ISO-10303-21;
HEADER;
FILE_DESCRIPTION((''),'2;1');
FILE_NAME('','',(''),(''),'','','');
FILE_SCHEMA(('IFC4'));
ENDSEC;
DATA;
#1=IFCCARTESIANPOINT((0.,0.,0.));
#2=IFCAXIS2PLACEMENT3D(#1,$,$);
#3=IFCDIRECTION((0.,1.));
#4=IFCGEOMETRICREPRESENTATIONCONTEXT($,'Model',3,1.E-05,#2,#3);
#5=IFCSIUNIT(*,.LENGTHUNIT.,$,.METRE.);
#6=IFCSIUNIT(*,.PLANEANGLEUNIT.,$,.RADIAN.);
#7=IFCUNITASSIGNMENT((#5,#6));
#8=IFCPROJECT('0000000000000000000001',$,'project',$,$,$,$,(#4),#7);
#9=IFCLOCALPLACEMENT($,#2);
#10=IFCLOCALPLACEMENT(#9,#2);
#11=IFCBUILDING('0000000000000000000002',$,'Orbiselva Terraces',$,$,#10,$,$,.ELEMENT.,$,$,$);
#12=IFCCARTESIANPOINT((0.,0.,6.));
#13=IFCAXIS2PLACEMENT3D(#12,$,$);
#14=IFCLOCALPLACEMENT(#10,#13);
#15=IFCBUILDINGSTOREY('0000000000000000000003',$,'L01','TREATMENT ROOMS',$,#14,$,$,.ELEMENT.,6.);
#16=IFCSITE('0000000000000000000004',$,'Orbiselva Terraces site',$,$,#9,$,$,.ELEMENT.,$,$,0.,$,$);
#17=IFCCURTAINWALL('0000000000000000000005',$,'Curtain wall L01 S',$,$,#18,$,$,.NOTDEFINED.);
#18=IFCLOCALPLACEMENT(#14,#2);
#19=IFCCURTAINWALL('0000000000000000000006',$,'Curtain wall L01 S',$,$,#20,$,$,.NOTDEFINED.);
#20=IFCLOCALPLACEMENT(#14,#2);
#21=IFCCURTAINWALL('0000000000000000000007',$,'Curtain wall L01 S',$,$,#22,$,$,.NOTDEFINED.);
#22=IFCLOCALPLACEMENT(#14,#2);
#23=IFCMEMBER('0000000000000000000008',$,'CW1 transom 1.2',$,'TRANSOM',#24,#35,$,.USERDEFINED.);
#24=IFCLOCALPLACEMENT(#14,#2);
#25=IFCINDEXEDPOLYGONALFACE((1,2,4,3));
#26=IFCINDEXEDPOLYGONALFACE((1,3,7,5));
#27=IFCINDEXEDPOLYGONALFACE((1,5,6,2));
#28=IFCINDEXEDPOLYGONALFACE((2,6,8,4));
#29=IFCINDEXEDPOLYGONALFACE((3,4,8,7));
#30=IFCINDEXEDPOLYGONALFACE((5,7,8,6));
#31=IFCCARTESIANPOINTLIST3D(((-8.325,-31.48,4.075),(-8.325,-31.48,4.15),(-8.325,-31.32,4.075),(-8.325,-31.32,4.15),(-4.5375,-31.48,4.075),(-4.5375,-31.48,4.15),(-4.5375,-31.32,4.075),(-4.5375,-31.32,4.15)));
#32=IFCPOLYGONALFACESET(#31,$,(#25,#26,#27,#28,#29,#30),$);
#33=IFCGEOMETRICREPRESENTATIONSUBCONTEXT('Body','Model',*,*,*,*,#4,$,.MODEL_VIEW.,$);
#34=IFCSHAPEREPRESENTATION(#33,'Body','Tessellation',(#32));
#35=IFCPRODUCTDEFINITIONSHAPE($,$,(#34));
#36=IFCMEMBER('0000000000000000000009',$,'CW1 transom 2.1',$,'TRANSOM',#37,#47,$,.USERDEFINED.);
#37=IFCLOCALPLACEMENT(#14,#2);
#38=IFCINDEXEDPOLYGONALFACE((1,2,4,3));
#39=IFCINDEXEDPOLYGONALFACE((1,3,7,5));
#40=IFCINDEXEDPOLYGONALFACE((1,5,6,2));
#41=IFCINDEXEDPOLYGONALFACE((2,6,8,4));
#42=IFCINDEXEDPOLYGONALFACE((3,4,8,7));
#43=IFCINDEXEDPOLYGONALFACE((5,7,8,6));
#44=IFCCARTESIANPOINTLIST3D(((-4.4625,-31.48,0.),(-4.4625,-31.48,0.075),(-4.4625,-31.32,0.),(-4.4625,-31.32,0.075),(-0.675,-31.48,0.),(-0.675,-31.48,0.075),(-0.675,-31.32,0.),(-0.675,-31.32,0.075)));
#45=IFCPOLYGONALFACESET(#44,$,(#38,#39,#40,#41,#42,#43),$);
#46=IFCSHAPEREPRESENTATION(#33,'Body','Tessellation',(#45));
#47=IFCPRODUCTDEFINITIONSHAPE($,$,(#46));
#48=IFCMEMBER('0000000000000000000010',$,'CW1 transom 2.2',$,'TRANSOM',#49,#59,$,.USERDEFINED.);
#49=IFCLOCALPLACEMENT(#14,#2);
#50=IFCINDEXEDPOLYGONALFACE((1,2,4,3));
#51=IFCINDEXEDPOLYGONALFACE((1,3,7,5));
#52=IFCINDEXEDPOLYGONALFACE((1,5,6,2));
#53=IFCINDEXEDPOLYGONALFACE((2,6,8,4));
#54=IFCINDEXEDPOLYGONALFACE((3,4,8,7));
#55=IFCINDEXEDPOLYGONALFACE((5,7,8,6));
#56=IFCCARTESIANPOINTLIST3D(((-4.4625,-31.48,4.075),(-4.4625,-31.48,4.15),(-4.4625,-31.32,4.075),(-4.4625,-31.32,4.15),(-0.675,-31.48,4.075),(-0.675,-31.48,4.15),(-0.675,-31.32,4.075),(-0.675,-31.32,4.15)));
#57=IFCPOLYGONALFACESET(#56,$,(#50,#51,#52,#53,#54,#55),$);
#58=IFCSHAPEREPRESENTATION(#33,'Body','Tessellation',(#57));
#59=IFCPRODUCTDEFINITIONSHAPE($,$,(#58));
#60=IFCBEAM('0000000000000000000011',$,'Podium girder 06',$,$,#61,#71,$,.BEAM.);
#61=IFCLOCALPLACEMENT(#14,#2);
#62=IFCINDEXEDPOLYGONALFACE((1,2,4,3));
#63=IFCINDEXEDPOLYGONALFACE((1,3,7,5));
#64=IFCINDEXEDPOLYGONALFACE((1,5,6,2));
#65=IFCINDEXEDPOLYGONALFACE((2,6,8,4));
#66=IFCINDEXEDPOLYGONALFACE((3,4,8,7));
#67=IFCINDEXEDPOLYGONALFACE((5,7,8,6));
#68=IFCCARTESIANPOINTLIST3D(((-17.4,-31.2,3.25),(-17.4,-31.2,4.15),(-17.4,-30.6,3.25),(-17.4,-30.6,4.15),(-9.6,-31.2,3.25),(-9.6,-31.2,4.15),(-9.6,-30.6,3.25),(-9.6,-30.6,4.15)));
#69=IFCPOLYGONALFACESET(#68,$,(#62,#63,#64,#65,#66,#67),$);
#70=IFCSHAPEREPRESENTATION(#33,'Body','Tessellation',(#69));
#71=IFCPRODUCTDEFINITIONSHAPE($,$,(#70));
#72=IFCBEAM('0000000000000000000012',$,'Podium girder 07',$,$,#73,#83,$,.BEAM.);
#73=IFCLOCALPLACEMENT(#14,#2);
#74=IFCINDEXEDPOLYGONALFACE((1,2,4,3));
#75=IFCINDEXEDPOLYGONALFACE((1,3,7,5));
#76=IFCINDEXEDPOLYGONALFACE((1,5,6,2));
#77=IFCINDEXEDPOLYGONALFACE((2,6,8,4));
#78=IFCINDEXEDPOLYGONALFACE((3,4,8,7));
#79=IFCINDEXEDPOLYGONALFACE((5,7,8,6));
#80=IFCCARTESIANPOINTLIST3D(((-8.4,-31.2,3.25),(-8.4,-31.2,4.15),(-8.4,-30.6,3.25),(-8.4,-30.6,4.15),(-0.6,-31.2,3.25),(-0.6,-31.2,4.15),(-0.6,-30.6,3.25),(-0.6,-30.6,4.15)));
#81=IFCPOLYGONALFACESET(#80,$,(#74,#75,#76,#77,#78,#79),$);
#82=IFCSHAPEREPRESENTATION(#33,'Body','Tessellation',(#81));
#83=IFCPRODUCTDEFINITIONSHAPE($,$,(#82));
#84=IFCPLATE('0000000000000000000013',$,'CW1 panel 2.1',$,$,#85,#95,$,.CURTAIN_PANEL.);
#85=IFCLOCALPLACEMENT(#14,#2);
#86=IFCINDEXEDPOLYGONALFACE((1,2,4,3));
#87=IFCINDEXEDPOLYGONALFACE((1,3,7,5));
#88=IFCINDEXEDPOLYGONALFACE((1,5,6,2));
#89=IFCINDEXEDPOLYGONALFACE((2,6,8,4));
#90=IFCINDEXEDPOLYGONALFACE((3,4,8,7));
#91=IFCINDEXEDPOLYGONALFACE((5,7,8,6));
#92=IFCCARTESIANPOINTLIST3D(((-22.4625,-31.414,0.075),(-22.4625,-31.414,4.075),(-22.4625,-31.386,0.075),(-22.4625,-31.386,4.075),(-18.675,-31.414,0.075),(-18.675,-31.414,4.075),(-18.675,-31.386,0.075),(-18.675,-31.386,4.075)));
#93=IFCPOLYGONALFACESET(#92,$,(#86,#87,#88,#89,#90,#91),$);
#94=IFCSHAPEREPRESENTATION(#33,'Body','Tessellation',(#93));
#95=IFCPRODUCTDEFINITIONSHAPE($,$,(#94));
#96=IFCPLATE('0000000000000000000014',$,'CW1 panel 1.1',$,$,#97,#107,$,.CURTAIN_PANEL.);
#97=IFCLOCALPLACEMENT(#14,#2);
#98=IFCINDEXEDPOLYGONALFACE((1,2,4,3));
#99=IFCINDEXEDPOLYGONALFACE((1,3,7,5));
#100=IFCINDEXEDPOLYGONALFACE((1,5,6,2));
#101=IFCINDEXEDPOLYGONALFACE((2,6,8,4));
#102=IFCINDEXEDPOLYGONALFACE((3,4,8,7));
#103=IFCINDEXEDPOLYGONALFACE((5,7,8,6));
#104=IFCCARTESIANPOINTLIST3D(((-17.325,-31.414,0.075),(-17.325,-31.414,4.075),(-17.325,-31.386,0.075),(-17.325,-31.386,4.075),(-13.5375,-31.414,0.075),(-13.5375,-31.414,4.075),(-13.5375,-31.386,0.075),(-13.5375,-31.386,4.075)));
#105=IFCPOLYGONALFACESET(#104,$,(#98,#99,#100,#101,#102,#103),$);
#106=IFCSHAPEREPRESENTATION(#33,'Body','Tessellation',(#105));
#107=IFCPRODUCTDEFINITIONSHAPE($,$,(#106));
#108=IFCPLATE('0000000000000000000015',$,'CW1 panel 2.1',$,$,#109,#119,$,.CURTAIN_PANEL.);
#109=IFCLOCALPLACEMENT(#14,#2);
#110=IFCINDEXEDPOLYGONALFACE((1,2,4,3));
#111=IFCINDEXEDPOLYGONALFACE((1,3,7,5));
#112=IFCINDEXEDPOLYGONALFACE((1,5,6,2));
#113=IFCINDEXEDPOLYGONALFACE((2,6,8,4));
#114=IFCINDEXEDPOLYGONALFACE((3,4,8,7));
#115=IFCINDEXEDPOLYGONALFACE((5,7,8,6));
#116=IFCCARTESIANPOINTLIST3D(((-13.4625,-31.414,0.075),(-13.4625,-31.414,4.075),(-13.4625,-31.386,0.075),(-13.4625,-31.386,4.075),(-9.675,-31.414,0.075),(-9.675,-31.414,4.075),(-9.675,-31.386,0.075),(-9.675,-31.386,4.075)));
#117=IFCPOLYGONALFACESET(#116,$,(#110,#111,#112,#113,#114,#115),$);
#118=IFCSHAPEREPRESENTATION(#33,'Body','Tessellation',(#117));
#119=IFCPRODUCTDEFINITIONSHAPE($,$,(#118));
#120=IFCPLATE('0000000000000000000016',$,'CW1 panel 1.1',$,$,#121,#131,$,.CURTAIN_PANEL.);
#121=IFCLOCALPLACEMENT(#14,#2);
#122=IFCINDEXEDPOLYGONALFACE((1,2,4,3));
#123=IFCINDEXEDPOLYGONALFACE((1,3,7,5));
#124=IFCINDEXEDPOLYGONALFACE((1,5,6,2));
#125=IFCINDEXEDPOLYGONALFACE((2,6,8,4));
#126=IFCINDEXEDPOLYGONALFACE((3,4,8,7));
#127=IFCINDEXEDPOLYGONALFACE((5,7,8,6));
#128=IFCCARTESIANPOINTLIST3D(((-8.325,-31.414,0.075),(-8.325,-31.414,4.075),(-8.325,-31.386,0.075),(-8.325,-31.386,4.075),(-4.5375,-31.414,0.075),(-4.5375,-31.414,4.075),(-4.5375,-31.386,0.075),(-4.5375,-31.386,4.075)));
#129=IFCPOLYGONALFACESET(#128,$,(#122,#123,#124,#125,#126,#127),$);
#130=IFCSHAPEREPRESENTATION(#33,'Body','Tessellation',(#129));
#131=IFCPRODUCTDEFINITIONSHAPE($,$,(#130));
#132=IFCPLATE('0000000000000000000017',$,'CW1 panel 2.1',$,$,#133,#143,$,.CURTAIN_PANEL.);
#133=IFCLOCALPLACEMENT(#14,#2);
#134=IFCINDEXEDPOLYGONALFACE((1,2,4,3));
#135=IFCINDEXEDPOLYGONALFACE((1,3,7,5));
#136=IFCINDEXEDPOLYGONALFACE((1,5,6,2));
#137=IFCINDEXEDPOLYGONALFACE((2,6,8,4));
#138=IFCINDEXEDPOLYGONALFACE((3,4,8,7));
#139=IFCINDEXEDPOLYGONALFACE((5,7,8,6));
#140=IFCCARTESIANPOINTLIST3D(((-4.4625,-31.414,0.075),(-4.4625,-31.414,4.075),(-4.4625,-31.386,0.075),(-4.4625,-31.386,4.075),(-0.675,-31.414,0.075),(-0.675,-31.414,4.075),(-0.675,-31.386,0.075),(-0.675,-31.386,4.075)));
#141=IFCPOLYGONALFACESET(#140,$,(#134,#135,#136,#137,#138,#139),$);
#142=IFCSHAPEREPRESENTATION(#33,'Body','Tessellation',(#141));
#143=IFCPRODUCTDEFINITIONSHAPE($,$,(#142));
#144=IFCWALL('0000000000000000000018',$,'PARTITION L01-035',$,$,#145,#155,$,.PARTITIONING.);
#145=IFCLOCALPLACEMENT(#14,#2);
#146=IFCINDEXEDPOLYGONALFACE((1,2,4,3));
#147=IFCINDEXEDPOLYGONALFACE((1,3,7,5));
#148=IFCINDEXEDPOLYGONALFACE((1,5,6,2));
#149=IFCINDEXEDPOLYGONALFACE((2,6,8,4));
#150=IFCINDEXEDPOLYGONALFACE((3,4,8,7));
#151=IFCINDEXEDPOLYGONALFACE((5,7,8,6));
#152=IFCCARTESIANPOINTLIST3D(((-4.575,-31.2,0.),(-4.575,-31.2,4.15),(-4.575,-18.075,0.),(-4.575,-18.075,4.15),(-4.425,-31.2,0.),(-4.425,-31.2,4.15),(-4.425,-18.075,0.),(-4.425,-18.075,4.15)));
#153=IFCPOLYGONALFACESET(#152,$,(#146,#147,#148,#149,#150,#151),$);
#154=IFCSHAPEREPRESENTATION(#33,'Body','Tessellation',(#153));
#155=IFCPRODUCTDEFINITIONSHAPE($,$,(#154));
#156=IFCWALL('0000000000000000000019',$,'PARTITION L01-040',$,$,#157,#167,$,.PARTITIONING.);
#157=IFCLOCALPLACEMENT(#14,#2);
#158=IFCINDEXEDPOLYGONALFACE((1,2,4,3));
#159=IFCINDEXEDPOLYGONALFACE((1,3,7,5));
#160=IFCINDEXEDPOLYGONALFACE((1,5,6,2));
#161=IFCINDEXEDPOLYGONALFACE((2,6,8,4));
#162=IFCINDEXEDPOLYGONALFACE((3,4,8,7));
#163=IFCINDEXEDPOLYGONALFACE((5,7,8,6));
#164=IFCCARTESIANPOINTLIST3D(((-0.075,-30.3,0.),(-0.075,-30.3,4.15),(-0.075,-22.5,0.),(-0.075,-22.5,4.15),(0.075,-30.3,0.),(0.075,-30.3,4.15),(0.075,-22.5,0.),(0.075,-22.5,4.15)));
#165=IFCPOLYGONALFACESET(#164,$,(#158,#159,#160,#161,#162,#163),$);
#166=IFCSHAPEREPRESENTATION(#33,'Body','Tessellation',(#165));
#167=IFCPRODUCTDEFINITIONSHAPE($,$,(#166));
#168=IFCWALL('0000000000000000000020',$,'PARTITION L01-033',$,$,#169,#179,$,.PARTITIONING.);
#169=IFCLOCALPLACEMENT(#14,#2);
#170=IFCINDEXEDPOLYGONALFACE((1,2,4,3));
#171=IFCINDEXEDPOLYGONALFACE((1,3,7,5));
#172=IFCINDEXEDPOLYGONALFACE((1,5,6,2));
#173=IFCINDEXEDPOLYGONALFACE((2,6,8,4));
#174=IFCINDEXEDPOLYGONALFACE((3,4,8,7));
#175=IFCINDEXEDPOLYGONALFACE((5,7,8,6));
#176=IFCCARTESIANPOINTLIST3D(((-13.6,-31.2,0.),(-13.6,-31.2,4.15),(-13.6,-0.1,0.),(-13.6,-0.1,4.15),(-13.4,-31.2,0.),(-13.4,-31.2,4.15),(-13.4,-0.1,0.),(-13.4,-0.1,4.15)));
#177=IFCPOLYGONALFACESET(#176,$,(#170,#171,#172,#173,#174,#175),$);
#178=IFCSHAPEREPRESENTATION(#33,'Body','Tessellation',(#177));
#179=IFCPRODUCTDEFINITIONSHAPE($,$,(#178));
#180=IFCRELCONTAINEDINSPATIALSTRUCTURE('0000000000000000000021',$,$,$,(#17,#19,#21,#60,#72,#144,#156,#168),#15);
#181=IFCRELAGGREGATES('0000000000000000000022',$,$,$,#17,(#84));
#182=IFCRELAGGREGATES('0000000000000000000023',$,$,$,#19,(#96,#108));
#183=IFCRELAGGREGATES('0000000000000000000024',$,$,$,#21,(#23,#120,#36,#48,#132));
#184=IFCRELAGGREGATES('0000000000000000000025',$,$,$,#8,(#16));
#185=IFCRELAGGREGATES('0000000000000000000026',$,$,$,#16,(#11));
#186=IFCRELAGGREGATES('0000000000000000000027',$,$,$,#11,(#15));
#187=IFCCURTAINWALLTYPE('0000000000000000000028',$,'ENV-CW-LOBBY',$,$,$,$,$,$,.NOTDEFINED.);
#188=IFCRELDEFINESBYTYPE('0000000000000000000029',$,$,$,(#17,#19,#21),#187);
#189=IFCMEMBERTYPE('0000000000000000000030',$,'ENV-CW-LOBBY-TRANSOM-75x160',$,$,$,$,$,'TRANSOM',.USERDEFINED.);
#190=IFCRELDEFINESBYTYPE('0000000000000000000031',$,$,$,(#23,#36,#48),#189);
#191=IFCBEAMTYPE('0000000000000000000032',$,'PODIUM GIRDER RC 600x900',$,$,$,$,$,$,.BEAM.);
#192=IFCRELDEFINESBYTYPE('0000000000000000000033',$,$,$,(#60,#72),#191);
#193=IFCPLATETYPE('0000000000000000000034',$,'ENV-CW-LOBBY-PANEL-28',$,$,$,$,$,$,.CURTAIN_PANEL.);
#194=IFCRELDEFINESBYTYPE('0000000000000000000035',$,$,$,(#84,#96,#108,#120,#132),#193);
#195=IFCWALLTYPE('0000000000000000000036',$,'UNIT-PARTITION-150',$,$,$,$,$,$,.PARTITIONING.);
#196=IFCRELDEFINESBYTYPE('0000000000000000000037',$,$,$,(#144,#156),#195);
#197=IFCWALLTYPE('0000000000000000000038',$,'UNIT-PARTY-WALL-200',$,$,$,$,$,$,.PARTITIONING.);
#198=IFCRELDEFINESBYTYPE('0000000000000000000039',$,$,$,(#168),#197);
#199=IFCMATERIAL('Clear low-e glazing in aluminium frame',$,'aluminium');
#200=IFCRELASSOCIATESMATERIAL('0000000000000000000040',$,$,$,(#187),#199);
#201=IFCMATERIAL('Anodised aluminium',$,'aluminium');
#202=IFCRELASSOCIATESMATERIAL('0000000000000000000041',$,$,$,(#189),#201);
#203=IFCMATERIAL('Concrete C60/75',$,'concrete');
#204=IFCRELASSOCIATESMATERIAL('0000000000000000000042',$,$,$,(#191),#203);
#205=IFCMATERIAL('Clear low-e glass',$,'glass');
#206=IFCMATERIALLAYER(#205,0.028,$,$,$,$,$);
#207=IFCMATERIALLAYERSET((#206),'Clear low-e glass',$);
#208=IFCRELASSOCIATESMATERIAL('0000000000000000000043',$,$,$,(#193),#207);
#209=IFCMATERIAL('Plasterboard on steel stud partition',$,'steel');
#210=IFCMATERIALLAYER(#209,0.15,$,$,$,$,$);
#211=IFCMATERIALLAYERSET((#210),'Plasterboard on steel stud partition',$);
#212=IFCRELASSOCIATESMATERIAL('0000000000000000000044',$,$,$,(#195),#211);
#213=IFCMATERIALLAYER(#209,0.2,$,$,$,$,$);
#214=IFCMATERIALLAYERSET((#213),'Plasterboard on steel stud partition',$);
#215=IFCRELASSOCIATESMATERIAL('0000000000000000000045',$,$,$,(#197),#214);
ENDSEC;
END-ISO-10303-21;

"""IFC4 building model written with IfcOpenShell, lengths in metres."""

from ifc_helpers import new_model, si_unit, direction, frame, frame_2d, origin, origin_2d, place, context, subcontext, project, spatial, rectangle, extrude, material, layer, layer_set, material_profile, profile_set, type_object, element, aggregate, save


model = new_model("IFC4")

# Units and contexts
model_context = context("Model", 3, precision=1e-05, world=origin(), true_north=direction((0.0, 1.0)))
body_context = subcontext(model_context, "Body", "Model", "MODEL_VIEW")
ifc_project = project(units=[si_unit("LENGTHUNIT", "METRE"), si_unit("PLANEANGLEUNIT", "RADIAN")], contexts=[model_context])

# Site, building, storey
site_placement = place(None, origin())
site = spatial("IfcSite", under=ifc_project, at=site_placement, Name="Orbiselva Terraces site", CompositionType="ELEMENT", RefElevation=0.0)
building_placement = place(site_placement, origin())
building = spatial("IfcBuilding", under=site, at=building_placement, Name="Orbiselva Terraces", CompositionType="ELEMENT")
storey_placement = place(building_placement, frame((0.0, 0.0, 6.0)))
storey = spatial("IfcBuildingStorey", under=building, at=storey_placement, Name="L01", Description="TREATMENT ROOMS", CompositionType="ELEMENT", Elevation=6.0)

# Shared definitions
ifc_material_1 = material(Name="Concrete C60/75", Category="concrete")

# Curtain wall
ifc_material_2 = material(Name="Clear low-e glazing in aluminium frame", Category="aluminium")
curtain_wall_type = type_object("IfcCurtainWallType", Name="ENV-CW-LOBBY", PredefinedType="NOTDEFINED", material=ifc_material_2)
curtain_wall_1_placement = place(storey_placement, origin())
curtain_wall_1 = element("IfcCurtainWall", 1, at=curtain_wall_1_placement, inside=storey, type_object=curtain_wall_type, Name="Curtain wall L01 S", PredefinedType="NOTDEFINED")
ifc_material_3 = material(Name="Anodised aluminium", Category="aluminium")

# Curtain walls
curtain_wall_2_placement = place(storey_placement, origin())
curtain_wall_2 = element("IfcCurtainWall", 2, at=curtain_wall_2_placement, inside=storey, type_object=curtain_wall_type, Name="Curtain wall L01 S", PredefinedType="NOTDEFINED")
curtain_wall_3_placement = place(storey_placement, origin())
curtain_wall_3 = element("IfcCurtainWall", 3, at=curtain_wall_3_placement, inside=storey, type_object=curtain_wall_type, Name="Curtain wall L01 S", PredefinedType="NOTDEFINED")

# Members
ifc_material_profile_1 = material_profile(ifc_material_3, rectangle(XDim=0.16, YDim=0.075, at=origin_2d()), Name="AL 75x160")
ifc_profile_set_1 = profile_set([ifc_material_profile_1], Name="Anodised aluminium")
member_type_1 = type_object("IfcMemberType", Name="ENV-CW-LOBBY-TRANSOM-75x160", ElementType="TRANSOM", PredefinedType="USERDEFINED", material=ifc_profile_set_1)
member_1_placement = place(storey_placement, frame((-8.325, -31.4, 4.1125), z_axis=(1.0, 0.0, 0.0), x_axis=(0.0, 1.0, 0.0)))
member_1 = element("IfcMember", 4, at=member_1_placement, type_object=member_type_1, Name="CW1 transom 1.2", ObjectType="TRANSOM", PredefinedType="USERDEFINED", context=body_context, shape_type="SweptSolid", body=[
    extrude(rectangle(XDim=0.16, YDim=0.075, at=origin_2d()), origin(), (0.0, 0.0, 1.0), 3.7875),
])
member_2_placement = place(storey_placement, frame((-4.4625, -31.4, 0.0375), z_axis=(1.0, 0.0, 0.0), x_axis=(0.0, 1.0, 0.0)))
member_2 = element("IfcMember", 5, at=member_2_placement, type_object=member_type_1, Name="CW1 transom 2.1", ObjectType="TRANSOM", PredefinedType="USERDEFINED", context=body_context, shape_type="SweptSolid", body=[
    extrude(rectangle(XDim=0.16, YDim=0.075, at=origin_2d()), origin(), (0.0, 0.0, 1.0), 3.7875),
])
member_3_placement = place(storey_placement, frame((-4.4625, -31.4, 4.1125), z_axis=(1.0, 0.0, 0.0), x_axis=(0.0, 1.0, 0.0)))
member_3 = element("IfcMember", 6, at=member_3_placement, type_object=member_type_1, Name="CW1 transom 2.2", ObjectType="TRANSOM", PredefinedType="USERDEFINED", context=body_context, shape_type="SweptSolid", body=[
    extrude(rectangle(XDim=0.16, YDim=0.075, at=origin_2d()), origin(), (0.0, 0.0, 1.0), 3.7875),
])

# Beams
ifc_material_profile_2 = material_profile(ifc_material_1, rectangle(XDim=0.6, YDim=0.9, at=origin_2d()), Name="RC 600x900")
ifc_profile_set_2 = profile_set([ifc_material_profile_2], Name="Concrete C60/75")
beam_type = type_object("IfcBeamType", Name="PODIUM GIRDER RC 600x900", PredefinedType="BEAM", material=ifc_profile_set_2)
for number, where, z_axis, x_axis, name in (
    (7, (-17.4, -30.9, 3.7), (1.0, 0.0, 0.0), (0.0, 1.0, 0.0), "Podium girder 06"),
    (8, (-8.4, -30.9, 3.7), (1.0, 0.0, 0.0), (0.0, 1.0, 0.0), "Podium girder 07"),
):
    element("IfcBeam", number, at=place(storey_placement, frame(where, z_axis=z_axis, x_axis=x_axis)), inside=storey, type_object=beam_type, Name=name, PredefinedType="BEAM", context=body_context, shape_type="SweptSolid", body=[
        extrude(rectangle(XDim=0.6, YDim=0.9, at=origin_2d()), origin(), (0.0, 0.0, 1.0), 7.8),
    ])

# Plates
ifc_material_4 = material(Name="Clear low-e glass", Category="glass")
ifc_layer_1 = layer(ifc_material_4, 0.028)
ifc_layer_set_1 = layer_set([ifc_layer_1], Name="Clear low-e glass")
plate_type = type_object("IfcPlateType", Name="ENV-CW-LOBBY-PANEL-28", PredefinedType="CURTAIN_PANEL", material=ifc_layer_set_1)
plate_1_placement = place(storey_placement, frame((-20.5688, -31.4, 0.075), z_axis=(0.0, 0.0, 1.0), x_axis=(1.0, 0.0, 0.0)))
plate_1 = element("IfcPlate", 9, at=plate_1_placement, type_object=plate_type, Name="CW1 panel 2.1", PredefinedType="CURTAIN_PANEL", context=body_context, shape_type="SweptSolid", body=[
    extrude(rectangle(XDim=3.7875, YDim=0.028, at=origin_2d()), origin(), (0.0, 0.0, 1.0), 4.0),
])
aggregate(curtain_wall_1, [plate_1])
plate_2_placement = place(storey_placement, frame((-15.4313, -31.4, 0.075), z_axis=(0.0, 0.0, 1.0), x_axis=(1.0, 0.0, 0.0)))
plate_2 = element("IfcPlate", 10, at=plate_2_placement, type_object=plate_type, Name="CW1 panel 1.1", PredefinedType="CURTAIN_PANEL", context=body_context, shape_type="SweptSolid", body=[
    extrude(rectangle(XDim=3.7875, YDim=0.028, at=origin_2d()), origin(), (0.0, 0.0, 1.0), 4.0),
])
plate_3_placement = place(storey_placement, frame((-11.5687, -31.4, 0.075), z_axis=(0.0, 0.0, 1.0), x_axis=(1.0, 0.0, 0.0)))
plate_3 = element("IfcPlate", 11, at=plate_3_placement, type_object=plate_type, Name="CW1 panel 2.1", PredefinedType="CURTAIN_PANEL", context=body_context, shape_type="SweptSolid", body=[
    extrude(rectangle(XDim=3.7875, YDim=0.028, at=origin_2d()), origin(), (0.0, 0.0, 1.0), 4.0),
])
aggregate(curtain_wall_2, [plate_2, plate_3])
plate_4_placement = place(storey_placement, frame((-6.4313, -31.4, 0.075), z_axis=(0.0, 0.0, 1.0), x_axis=(1.0, 0.0, 0.0)))
plate_4 = element("IfcPlate", 12, at=plate_4_placement, type_object=plate_type, Name="CW1 panel 1.1", PredefinedType="CURTAIN_PANEL", context=body_context, shape_type="SweptSolid", body=[
    extrude(rectangle(XDim=3.7875, YDim=0.028, at=origin_2d()), origin(), (0.0, 0.0, 1.0), 4.0),
])
plate_5_placement = place(storey_placement, frame((-2.5688, -31.4, 0.075), z_axis=(0.0, 0.0, 1.0), x_axis=(1.0, 0.0, 0.0)))
plate_5 = element("IfcPlate", 13, at=plate_5_placement, type_object=plate_type, Name="CW1 panel 2.1", PredefinedType="CURTAIN_PANEL", context=body_context, shape_type="SweptSolid", body=[
    extrude(rectangle(XDim=3.7875, YDim=0.028, at=origin_2d()), origin(), (0.0, 0.0, 1.0), 4.0),
])
aggregate(curtain_wall_3, [member_1, plate_4, member_2, member_3, plate_5])

# Walls
ifc_material_5 = material(Name="Plasterboard on steel stud partition", Category="steel")
ifc_layer_2 = layer(ifc_material_5, 0.15)
ifc_layer_set_2 = layer_set([ifc_layer_2], Name="Plasterboard on steel stud partition")
wall_type_1 = type_object("IfcWallType", Name="UNIT-PARTITION-150", PredefinedType="PARTITIONING", material=ifc_layer_set_2)
wall_1_placement = place(storey_placement, frame((-4.5, -31.2, 0.0), z_axis=(0.0, 0.0, 1.0), x_axis=(0.0, 1.0, 0.0)))
element("IfcWall", 14, at=wall_1_placement, inside=storey, type_object=wall_type_1, Name="PARTITION L01-035", PredefinedType="PARTITIONING", context=body_context, shape_type="SweptSolid", body=[
    extrude(rectangle(XDim=13.125, YDim=0.15, at=frame_2d((6.5625, 0.0))), origin(), (0.0, 0.0, 1.0), 4.15),
])
wall_2_placement = place(storey_placement, frame((0.0, -30.3, 0.0), z_axis=(0.0, 0.0, 1.0), x_axis=(0.0, 1.0, 0.0)))
element("IfcWall", 15, at=wall_2_placement, inside=storey, type_object=wall_type_1, Name="PARTITION L01-040", PredefinedType="PARTITIONING", context=body_context, shape_type="SweptSolid", body=[
    extrude(rectangle(XDim=7.8, YDim=0.15, at=frame_2d((3.9, 0.0))), origin(), (0.0, 0.0, 1.0), 4.15),
])
ifc_layer_3 = layer(ifc_material_5, 0.2)
ifc_layer_set_3 = layer_set([ifc_layer_3], Name="Plasterboard on steel stud partition")
wall_type_2 = type_object("IfcWallType", Name="UNIT-PARTY-WALL-200", PredefinedType="PARTITIONING", material=ifc_layer_set_3)
wall_3_placement = place(storey_placement, frame((-13.5, -31.2, 0.0), z_axis=(0.0, 0.0, 1.0), x_axis=(0.0, 1.0, 0.0)))
element("IfcWall", 16, at=wall_3_placement, inside=storey, type_object=wall_type_2, Name="PARTITION L01-033", PredefinedType="PARTITIONING", context=body_context, shape_type="SweptSolid", body=[
    extrude(rectangle(XDim=31.1, YDim=0.2, at=frame_2d((15.55, 0.0))), origin(), (0.0, 0.0, 1.0), 4.15),
])

save(model, "model.ifc")
